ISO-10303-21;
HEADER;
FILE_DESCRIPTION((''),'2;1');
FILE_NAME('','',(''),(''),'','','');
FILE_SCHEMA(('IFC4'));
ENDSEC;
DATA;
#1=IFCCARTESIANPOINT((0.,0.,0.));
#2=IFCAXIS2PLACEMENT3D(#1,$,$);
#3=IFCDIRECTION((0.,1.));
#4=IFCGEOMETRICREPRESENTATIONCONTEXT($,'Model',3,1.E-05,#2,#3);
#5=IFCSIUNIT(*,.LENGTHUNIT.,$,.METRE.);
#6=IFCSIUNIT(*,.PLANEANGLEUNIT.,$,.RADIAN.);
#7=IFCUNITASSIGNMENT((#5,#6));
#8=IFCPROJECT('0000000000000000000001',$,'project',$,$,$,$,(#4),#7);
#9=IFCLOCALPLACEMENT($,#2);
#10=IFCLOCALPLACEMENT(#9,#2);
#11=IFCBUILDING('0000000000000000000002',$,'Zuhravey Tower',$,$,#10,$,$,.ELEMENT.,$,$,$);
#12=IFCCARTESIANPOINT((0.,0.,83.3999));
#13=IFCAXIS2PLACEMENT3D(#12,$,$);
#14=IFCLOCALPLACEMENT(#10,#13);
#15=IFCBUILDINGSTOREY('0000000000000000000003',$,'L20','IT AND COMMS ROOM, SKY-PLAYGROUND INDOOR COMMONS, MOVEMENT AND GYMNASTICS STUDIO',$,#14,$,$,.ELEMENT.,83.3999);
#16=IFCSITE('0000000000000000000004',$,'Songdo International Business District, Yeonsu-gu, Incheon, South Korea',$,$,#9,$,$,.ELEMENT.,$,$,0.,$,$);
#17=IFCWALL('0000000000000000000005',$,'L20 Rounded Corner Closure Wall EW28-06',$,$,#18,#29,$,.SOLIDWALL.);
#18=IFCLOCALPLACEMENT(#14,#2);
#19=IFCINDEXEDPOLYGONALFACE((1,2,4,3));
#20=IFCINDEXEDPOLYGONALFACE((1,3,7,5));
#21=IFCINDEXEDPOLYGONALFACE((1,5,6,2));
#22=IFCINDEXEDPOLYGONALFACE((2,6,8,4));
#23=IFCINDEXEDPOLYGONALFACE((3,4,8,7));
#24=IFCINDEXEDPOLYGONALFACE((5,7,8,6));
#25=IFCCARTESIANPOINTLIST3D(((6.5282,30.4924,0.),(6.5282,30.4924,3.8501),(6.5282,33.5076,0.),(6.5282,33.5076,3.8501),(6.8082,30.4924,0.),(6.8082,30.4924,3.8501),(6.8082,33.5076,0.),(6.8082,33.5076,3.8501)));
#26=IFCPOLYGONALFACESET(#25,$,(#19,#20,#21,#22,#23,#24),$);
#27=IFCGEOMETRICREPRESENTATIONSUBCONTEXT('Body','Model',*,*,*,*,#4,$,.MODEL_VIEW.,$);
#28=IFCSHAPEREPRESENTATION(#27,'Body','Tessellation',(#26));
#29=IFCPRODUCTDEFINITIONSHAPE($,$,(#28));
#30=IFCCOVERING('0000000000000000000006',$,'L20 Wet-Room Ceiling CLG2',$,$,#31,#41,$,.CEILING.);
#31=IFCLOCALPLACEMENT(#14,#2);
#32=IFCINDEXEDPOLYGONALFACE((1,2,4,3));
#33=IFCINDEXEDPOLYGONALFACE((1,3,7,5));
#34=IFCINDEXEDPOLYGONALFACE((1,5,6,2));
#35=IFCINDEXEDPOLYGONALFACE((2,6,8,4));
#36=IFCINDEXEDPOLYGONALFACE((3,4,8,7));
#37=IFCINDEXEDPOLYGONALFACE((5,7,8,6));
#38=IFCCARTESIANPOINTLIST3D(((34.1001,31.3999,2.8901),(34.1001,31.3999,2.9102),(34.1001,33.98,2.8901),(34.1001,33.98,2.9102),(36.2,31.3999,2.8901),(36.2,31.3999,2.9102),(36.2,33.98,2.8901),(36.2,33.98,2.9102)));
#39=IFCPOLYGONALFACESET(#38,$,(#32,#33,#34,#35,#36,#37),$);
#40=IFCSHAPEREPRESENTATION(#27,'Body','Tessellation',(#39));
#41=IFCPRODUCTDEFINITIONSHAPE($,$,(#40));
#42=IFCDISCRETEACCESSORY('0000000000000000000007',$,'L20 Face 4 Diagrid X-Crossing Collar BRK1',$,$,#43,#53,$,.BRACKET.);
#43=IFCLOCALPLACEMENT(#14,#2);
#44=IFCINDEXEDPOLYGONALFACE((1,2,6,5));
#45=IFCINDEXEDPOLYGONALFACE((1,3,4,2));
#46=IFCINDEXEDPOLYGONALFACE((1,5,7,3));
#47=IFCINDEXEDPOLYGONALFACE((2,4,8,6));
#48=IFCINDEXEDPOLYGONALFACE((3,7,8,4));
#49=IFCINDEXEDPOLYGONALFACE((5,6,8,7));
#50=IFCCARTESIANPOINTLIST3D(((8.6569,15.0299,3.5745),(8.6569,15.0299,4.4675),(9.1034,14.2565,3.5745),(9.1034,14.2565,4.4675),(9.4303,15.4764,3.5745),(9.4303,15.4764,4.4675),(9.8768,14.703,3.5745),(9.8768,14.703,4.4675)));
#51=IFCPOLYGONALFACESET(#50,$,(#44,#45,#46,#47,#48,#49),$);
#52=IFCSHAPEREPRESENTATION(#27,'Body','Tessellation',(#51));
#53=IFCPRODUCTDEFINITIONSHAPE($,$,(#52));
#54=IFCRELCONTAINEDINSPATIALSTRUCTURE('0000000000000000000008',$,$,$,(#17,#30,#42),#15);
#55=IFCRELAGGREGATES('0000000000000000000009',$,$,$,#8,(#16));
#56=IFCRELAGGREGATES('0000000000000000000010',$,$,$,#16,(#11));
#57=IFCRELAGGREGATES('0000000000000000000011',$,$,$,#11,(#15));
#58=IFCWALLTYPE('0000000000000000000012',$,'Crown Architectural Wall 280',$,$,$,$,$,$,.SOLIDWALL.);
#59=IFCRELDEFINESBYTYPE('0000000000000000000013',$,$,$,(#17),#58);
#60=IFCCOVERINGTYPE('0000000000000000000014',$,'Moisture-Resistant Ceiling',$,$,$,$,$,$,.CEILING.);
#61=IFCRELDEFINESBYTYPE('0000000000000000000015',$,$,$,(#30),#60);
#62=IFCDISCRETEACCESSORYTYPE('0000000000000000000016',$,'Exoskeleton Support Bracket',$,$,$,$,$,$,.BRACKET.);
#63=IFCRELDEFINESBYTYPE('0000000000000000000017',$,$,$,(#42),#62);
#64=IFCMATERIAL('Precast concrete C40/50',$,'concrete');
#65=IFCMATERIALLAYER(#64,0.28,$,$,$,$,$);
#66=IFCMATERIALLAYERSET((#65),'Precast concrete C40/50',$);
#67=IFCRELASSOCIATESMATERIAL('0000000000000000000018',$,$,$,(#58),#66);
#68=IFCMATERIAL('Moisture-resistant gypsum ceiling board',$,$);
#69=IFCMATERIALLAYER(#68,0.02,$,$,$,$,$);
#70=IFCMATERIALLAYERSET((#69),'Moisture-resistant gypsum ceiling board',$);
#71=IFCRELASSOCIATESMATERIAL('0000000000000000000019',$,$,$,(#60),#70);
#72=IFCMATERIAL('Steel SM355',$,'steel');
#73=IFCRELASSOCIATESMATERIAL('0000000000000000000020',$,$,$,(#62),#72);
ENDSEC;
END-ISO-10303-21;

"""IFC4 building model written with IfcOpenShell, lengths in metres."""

from ifc_helpers import new_model, si_unit, direction, frame, frame_2d, origin, origin_2d, place, context, subcontext, project, spatial, polyline, rectangle, outline, extrude, material, layer, layer_set, type_object, element, save


model = new_model("IFC4")

# Units and contexts
model_context = context("Model", 3, precision=1e-05, world=origin(), true_north=direction((0.0, 1.0)))
body_context = subcontext(model_context, "Body", "Model", "MODEL_VIEW")
ifc_project = project(units=[si_unit("LENGTHUNIT", "METRE"), si_unit("PLANEANGLEUNIT", "RADIAN")], contexts=[model_context])

# Site, building, storey
site_placement = place(None, origin())
site = spatial("IfcSite", under=ifc_project, at=site_placement, Name="Songdo International Business District, Yeonsu-gu, Incheon, South Korea", CompositionType="ELEMENT", RefElevation=0.0)
building_placement = place(site_placement, origin())
building = spatial("IfcBuilding", under=site, at=building_placement, Name="Zuhravey Tower", CompositionType="ELEMENT")
storey_placement = place(building_placement, frame((0.0, 0.0, 83.3999)))
storey = spatial("IfcBuildingStorey", under=building, at=storey_placement, Name="L20", Description="IT AND COMMS ROOM, SKY-PLAYGROUND INDOOR COMMONS, MOVEMENT AND GYMNASTICS STUDIO", CompositionType="ELEMENT", Elevation=83.3999)

# Shared definitions
ifc_material_1 = material(Name="Steel SM355", Category="steel")

# Shared definitions
ifc_material_2 = material(Name="Precast concrete C40/50", Category="concrete")
ifc_layer_1 = layer(ifc_material_2, 0.28)
ifc_layer_set_1 = layer_set([ifc_layer_1], Name="Precast concrete C40/50")
wall_type = type_object("IfcWallType", Name="Crown Architectural Wall 280", PredefinedType="SOLIDWALL", material=ifc_layer_set_1)

# Wall
wall_1_placement = place(storey_placement, frame((6.6682, 30.4924, 0.0), z_axis=(0.0, 0.0, 1.0), x_axis=(0.0, 1.0, 0.0)))
element("IfcWall", 1, at=wall_1_placement, inside=storey, type_object=wall_type, Name="L20 Rounded Corner Closure Wall EW28-06", PredefinedType="SOLIDWALL", context=body_context, shape_type="SweptSolid", body=[
    extrude(rectangle(XDim=3.0151, YDim=0.28, at=frame_2d((1.5076, 0.0))), origin(), (0.0, 0.0, 1.0), 3.8501),
])

# Covering
ifc_material_3 = material(Name="Moisture-resistant gypsum ceiling board")
ifc_layer_2 = layer(ifc_material_3, 0.02)
ifc_layer_set_2 = layer_set([ifc_layer_2], Name="Moisture-resistant gypsum ceiling board")
covering_type = type_object("IfcCoveringType", Name="Moisture-Resistant Ceiling", PredefinedType="CEILING", material=ifc_layer_set_2)
covering_placement = place(storey_placement, frame((0.0, 0.0, 2.8901)))
element("IfcCovering", 2, at=covering_placement, inside=storey, type_object=covering_type, Name="L20 Wet-Room Ceiling CLG2", PredefinedType="CEILING", context=body_context, shape_type="SweptSolid", body=[
    extrude(outline(polyline([(36.2, 31.3999), (36.2, 33.98), (34.1001, 33.98), (34.1001, 31.3999), (36.2, 31.3999)])), origin(), (0.0, 0.0, 1.0), 0.02),
])

# Discrete accessory
discrete_accessory_type = type_object("IfcDiscreteAccessoryType", Name="Exoskeleton Support Bracket", PredefinedType="BRACKET", material=ifc_material_1)
discrete_accessory_placement = place(storey_placement, frame((9.2668, 14.8665, 3.5745), z_axis=(0.0, 0.0, 1.0), x_axis=(0.5, -0.866025, 0.0)))
element("IfcDiscreteAccessory", 3, at=discrete_accessory_placement, inside=storey, type_object=discrete_accessory_type, Name="L20 Face 4 Diagrid X-Crossing Collar BRK1", PredefinedType="BRACKET", context=body_context, shape_type="SweptSolid", body=[
    extrude(rectangle(XDim=0.8931, YDim=0.8931, at=origin_2d()), origin(), (0.0, 0.0, 1.0), 0.8931),
])

save(model, "model.ifc")
